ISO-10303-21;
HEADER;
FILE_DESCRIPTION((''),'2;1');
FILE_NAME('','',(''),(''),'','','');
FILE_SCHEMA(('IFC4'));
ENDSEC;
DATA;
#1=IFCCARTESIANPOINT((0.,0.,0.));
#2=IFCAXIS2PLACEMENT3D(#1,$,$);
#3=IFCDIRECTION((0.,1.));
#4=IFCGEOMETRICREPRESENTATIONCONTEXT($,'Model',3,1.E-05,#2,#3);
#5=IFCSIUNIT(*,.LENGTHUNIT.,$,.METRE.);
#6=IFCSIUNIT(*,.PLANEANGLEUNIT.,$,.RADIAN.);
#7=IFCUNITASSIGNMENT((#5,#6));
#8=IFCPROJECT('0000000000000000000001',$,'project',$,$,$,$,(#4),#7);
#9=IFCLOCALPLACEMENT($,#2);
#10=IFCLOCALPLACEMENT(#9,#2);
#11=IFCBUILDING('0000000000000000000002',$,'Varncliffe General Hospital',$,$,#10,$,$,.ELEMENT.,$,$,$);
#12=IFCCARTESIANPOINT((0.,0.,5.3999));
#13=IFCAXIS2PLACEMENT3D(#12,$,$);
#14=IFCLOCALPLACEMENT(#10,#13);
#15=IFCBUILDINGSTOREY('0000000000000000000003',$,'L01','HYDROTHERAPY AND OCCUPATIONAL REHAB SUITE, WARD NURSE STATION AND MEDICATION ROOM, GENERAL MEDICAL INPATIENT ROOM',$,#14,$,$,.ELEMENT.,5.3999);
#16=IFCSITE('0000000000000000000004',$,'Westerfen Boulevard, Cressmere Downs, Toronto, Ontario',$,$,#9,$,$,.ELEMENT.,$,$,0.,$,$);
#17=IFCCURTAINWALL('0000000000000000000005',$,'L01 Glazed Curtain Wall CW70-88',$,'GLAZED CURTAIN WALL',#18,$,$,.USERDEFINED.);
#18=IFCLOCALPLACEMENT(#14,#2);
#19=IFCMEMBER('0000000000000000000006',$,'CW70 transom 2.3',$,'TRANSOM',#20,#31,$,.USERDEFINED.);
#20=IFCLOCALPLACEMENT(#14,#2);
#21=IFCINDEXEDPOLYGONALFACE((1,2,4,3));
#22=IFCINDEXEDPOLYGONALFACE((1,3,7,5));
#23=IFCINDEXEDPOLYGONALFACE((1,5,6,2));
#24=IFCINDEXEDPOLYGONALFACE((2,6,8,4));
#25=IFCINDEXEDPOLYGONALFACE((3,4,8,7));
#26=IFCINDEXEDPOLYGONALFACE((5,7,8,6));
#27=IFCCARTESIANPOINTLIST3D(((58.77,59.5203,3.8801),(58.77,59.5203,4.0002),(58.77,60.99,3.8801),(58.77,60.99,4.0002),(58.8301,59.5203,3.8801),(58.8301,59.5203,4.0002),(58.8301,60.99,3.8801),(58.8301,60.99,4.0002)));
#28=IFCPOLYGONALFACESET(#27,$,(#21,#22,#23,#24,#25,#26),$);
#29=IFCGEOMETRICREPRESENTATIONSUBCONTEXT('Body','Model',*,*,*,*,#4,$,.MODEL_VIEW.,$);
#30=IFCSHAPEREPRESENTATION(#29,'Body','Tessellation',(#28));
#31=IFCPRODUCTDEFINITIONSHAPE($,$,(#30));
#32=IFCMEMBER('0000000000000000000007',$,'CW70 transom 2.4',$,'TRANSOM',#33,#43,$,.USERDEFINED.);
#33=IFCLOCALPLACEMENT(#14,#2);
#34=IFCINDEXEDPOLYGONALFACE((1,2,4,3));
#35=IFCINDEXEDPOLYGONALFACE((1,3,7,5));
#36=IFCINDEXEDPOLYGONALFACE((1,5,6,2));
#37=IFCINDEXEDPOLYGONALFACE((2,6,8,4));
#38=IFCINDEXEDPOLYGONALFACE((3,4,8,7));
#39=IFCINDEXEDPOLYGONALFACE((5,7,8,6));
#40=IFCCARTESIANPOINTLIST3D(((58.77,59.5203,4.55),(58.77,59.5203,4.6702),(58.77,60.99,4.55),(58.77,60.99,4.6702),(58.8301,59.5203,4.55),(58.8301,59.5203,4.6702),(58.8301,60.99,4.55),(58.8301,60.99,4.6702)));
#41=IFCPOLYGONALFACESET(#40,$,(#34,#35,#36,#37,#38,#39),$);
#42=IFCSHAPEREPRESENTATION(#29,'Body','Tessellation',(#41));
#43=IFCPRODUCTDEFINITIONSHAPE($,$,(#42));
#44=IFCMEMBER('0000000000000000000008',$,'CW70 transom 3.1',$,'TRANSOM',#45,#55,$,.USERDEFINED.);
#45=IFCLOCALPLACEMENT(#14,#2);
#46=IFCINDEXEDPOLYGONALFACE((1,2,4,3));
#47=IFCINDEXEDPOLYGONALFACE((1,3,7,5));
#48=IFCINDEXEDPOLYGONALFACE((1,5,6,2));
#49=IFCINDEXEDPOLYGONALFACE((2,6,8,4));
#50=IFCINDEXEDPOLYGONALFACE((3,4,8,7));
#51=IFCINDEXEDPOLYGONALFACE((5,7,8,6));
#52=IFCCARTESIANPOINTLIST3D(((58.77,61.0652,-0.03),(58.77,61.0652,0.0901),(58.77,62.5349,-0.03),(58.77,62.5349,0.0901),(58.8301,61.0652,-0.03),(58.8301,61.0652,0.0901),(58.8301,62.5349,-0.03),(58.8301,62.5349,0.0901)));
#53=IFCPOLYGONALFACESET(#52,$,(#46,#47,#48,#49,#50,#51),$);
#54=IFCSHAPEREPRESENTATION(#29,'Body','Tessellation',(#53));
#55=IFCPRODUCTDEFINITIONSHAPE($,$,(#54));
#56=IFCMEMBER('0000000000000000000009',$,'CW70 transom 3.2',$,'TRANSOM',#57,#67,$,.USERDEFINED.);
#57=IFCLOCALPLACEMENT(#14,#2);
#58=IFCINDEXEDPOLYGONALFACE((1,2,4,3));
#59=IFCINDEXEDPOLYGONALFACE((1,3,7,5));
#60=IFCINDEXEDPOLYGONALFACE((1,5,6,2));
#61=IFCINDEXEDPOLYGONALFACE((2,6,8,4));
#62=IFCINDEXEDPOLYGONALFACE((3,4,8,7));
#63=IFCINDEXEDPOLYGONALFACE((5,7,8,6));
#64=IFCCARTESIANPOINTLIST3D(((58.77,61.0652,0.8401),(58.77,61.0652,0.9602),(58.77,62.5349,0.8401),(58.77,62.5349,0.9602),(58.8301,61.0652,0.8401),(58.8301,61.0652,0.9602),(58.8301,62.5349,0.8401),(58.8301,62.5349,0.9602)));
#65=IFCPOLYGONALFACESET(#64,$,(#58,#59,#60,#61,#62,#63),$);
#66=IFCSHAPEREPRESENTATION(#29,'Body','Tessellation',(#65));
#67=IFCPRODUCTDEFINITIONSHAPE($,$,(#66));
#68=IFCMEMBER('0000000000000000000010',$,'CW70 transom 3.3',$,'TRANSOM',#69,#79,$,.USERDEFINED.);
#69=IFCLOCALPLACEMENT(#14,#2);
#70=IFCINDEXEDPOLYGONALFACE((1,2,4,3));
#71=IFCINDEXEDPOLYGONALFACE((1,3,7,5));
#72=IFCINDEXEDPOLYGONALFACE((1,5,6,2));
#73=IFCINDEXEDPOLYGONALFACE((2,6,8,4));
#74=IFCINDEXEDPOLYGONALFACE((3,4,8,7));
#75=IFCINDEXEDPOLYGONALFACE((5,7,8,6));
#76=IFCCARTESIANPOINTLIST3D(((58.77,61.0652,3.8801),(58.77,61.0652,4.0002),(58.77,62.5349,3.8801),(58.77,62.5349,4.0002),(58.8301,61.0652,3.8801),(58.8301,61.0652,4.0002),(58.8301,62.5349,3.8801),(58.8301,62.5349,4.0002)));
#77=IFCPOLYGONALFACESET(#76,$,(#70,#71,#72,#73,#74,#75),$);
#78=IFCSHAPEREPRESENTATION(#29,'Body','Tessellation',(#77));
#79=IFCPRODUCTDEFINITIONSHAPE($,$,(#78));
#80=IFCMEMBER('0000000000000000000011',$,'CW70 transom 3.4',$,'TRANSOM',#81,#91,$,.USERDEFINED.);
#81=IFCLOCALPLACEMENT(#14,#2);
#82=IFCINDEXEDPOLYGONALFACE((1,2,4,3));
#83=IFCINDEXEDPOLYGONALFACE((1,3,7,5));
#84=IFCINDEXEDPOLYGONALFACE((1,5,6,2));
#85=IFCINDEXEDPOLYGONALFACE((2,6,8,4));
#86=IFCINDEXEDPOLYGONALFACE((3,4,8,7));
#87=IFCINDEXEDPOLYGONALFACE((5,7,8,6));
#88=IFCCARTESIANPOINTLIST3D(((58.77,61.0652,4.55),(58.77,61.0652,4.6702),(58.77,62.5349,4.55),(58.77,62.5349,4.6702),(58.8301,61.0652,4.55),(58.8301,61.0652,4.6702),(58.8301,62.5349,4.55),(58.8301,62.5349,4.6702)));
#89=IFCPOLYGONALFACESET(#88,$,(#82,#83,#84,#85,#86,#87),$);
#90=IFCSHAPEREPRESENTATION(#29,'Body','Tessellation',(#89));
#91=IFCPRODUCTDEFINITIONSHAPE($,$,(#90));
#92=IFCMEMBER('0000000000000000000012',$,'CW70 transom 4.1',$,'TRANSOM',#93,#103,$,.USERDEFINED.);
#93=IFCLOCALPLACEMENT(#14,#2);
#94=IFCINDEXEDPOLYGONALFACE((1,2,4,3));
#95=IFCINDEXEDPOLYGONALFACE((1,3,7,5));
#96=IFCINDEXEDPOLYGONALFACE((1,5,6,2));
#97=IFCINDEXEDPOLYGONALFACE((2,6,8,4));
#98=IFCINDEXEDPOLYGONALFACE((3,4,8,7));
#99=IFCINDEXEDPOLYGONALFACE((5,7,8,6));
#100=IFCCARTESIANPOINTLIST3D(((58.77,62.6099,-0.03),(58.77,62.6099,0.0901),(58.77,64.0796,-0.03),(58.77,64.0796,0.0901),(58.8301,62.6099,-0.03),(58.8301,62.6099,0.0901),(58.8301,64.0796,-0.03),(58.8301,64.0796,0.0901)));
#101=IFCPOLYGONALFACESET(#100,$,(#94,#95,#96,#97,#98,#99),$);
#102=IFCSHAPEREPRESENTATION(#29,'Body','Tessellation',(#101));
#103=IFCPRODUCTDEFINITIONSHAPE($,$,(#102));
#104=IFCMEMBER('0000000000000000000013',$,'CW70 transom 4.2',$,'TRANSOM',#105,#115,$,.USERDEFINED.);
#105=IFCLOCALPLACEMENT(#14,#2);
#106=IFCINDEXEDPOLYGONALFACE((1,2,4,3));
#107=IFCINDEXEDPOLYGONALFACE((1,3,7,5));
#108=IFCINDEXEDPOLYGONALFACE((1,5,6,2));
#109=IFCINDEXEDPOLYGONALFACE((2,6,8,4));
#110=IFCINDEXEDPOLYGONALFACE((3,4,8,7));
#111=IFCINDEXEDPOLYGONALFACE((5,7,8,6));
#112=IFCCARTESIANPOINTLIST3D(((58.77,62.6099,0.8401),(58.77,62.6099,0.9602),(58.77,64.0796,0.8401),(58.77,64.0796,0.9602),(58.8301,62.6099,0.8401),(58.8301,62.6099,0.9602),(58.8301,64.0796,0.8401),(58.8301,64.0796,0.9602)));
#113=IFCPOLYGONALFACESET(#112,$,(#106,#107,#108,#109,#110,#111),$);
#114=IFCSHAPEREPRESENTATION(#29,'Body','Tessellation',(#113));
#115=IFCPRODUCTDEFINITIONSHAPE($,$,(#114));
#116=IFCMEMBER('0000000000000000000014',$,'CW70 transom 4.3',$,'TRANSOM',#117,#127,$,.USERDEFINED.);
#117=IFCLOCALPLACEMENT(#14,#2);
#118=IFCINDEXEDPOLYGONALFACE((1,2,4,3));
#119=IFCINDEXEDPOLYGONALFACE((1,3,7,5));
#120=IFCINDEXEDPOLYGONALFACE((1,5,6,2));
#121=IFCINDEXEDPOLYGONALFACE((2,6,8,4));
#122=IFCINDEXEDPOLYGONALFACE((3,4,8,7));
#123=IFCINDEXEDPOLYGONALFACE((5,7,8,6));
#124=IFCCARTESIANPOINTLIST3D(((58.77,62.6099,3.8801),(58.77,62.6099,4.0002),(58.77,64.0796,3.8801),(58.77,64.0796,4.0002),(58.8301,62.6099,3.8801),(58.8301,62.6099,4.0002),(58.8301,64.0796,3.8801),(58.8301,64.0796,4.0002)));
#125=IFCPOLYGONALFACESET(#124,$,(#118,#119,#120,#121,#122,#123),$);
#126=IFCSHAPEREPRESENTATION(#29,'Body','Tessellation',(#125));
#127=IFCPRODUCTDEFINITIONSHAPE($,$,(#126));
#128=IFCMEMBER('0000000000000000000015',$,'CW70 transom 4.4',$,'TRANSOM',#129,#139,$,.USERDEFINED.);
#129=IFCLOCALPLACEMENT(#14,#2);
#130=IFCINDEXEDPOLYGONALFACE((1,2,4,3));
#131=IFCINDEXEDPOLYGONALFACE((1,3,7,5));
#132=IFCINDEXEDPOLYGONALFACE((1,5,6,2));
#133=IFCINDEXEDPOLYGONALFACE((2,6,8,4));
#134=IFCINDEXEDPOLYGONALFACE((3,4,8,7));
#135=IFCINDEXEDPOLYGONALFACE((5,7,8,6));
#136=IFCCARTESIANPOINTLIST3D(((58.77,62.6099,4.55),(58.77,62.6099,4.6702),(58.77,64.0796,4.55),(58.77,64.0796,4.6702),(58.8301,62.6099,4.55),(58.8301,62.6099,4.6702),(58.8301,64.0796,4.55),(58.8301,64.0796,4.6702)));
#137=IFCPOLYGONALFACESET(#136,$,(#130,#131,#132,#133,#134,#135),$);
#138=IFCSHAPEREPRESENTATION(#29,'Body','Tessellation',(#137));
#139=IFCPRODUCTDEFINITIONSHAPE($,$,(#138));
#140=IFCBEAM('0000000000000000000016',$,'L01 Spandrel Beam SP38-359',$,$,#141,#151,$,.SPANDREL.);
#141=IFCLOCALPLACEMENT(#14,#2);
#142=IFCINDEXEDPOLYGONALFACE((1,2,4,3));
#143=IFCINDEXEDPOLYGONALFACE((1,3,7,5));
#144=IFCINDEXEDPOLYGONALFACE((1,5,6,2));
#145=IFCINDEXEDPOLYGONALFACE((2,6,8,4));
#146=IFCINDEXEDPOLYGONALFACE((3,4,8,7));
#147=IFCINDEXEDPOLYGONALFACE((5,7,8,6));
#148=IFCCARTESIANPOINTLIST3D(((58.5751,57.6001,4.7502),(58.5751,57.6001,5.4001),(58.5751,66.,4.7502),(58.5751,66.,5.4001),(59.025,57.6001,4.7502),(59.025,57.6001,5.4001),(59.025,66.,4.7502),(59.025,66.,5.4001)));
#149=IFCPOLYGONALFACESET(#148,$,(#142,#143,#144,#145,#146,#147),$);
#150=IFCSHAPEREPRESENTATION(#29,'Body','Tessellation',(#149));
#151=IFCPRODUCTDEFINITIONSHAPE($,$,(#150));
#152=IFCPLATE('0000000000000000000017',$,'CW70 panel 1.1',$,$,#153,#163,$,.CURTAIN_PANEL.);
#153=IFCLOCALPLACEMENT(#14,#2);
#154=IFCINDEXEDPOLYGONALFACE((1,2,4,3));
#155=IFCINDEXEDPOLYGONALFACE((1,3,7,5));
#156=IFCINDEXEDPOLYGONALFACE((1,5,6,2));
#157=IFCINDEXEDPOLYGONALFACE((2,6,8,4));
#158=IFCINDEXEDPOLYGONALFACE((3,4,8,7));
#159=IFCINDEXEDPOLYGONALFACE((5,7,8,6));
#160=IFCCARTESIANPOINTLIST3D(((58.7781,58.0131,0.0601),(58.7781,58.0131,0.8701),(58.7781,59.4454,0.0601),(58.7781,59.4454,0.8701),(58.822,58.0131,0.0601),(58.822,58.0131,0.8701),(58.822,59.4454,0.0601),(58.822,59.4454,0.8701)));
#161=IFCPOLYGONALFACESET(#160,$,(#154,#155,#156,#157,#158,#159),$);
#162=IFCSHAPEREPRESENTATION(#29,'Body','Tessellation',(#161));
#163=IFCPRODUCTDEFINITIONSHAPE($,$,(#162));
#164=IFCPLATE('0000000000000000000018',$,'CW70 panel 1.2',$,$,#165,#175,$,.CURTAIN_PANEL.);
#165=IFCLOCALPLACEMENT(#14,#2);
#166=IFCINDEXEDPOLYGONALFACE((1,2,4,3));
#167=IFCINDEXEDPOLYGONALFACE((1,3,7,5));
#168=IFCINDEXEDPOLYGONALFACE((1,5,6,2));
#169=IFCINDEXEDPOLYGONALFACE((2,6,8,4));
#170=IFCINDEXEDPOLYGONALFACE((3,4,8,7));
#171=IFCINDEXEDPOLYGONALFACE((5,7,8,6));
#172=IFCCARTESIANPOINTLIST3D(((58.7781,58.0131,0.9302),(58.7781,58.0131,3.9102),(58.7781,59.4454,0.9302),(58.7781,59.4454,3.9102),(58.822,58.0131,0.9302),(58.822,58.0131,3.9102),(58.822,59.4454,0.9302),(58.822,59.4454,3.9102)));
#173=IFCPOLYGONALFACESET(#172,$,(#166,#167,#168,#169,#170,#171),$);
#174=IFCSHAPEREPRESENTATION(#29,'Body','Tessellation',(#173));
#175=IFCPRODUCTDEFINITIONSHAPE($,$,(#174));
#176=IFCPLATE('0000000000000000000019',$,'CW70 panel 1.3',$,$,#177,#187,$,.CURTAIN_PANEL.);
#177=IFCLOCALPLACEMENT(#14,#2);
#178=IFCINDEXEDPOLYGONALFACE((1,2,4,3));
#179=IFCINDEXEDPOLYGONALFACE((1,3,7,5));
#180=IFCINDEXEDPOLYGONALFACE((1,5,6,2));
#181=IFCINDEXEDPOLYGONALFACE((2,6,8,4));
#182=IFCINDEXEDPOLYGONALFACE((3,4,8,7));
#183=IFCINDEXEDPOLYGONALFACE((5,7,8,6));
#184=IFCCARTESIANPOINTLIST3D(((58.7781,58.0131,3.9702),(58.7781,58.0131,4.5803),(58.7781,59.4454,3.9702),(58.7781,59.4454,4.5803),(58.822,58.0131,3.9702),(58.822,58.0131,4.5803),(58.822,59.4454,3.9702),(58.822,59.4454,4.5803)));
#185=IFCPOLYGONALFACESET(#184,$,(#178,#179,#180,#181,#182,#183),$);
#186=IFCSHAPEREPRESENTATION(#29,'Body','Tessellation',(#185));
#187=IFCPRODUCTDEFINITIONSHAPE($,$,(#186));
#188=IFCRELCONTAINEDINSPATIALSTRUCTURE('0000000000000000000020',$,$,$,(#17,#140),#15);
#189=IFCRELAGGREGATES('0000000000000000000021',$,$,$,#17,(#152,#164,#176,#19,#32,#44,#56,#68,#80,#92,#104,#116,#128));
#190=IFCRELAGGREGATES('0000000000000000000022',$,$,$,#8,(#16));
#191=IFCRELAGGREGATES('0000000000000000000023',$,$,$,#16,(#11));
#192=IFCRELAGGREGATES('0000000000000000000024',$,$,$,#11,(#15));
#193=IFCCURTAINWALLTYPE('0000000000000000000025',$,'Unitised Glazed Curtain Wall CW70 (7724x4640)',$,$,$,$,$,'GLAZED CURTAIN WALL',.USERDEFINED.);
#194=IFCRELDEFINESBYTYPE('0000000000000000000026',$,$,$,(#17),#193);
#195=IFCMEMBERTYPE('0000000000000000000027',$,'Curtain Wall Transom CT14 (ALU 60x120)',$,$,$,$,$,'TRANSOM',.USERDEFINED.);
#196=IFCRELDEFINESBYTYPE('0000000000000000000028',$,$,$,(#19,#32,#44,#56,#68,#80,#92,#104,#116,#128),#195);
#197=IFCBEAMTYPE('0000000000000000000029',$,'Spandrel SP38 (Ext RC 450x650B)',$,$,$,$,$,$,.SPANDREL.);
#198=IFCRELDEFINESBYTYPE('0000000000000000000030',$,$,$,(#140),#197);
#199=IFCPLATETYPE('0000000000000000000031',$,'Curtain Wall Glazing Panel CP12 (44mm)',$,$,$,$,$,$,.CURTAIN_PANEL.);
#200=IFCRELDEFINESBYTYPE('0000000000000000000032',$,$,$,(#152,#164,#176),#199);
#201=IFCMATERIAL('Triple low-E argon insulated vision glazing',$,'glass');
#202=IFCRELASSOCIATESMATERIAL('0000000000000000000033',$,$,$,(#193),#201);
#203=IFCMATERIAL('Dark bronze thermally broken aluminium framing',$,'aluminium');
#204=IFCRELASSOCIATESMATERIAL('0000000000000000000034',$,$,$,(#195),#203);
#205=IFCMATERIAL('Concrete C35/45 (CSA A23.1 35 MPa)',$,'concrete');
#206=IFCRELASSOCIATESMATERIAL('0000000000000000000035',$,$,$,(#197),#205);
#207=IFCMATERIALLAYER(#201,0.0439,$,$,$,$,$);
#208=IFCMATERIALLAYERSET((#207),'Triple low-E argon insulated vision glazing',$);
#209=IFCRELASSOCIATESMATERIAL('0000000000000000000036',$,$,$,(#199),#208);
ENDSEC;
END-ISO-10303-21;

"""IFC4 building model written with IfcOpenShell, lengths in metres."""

from ifc_helpers import new_model, si_unit, direction, frame, origin, origin_2d, place, context, subcontext, project, spatial, rectangle, extrude, material, layer, layer_set, material_profile, profile_set, type_object, element, aggregate, save


model = new_model("IFC4")

# Units and contexts
model_context = context("Model", 3, precision=1e-05, world=origin(), true_north=direction((0.0, 1.0)))
body_context = subcontext(model_context, "Body", "Model", "MODEL_VIEW")
ifc_project = project(units=[si_unit("LENGTHUNIT", "METRE"), si_unit("PLANEANGLEUNIT", "RADIAN")], contexts=[model_context])

# Site, building, storey
site_placement = place(None, origin())
site = spatial("IfcSite", under=ifc_project, at=site_placement, Name="Westerfen Boulevard, Cressmere Downs, Toronto, Ontario", CompositionType="ELEMENT", RefElevation=0.0)
building_placement = place(site_placement, origin())
building = spatial("IfcBuilding", under=site, at=building_placement, Name="Varncliffe General Hospital", CompositionType="ELEMENT")
storey_placement = place(building_placement, frame((0.0, 0.0, 5.3999)))
storey = spatial("IfcBuildingStorey", under=building, at=storey_placement, Name="L01", Description="HYDROTHERAPY AND OCCUPATIONAL REHAB SUITE, WARD NURSE STATION AND MEDICATION ROOM, GENERAL MEDICAL INPATIENT ROOM", CompositionType="ELEMENT", Elevation=5.3999)

# Shared definitions
ifc_material_1 = material(Name="Concrete C35/45 (CSA A23.1 35 MPa)", Category="concrete")

# Curtain wall
ifc_material_2 = material(Name="Triple low-E argon insulated vision glazing", Category="glass")
curtain_wall_type_1 = type_object("IfcCurtainWallType", Name="Unitised Glazed Curtain Wall CW70 (7724x4640)", ElementType="GLAZED CURTAIN WALL", PredefinedType="USERDEFINED", material=ifc_material_2)
curtain_wall_1_placement = place(storey_placement, origin())
curtain_wall_1 = element("IfcCurtainWall", 1, at=curtain_wall_1_placement, inside=storey, type_object=curtain_wall_type_1, Name="L01 Glazed Curtain Wall CW70-88", ObjectType="GLAZED CURTAIN WALL", PredefinedType="USERDEFINED")
ifc_material_3 = material(Name="Dark bronze thermally broken aluminium framing", Category="aluminium")

# Members
ifc_material_profile_1 = material_profile(ifc_material_3, rectangle(XDim=0.0601, YDim=0.1201, at=origin_2d()), Name="ALU 60x120")
ifc_profile_set_1 = profile_set([ifc_material_profile_1], Name="Dark bronze thermally broken aluminium framing")
member_type_1 = type_object("IfcMemberType", Name="Curtain Wall Transom CT14 (ALU 60x120)", ElementType="TRANSOM", PredefinedType="USERDEFINED", material=ifc_profile_set_1)
member_1_placement = place(storey_placement, frame((58.8, 59.5203, 3.9402), z_axis=(0.0, 1.0, 0.0), x_axis=(-1.0, 0.0, 0.0)))
member_1 = element("IfcMember", 2, at=member_1_placement, type_object=member_type_1, Name="CW70 transom 2.3", ObjectType="TRANSOM", PredefinedType="USERDEFINED", context=body_context, shape_type="SweptSolid", body=[
    extrude(rectangle(XDim=0.0601, YDim=0.1201, at=origin_2d()), origin(), (0.0, 0.0, 1.0), 1.4697),
])
member_2_placement = place(storey_placement, frame((58.8, 59.5203, 4.6101), z_axis=(0.0, 1.0, 0.0), x_axis=(-1.0, 0.0, 0.0)))
member_2 = element("IfcMember", 3, at=member_2_placement, type_object=member_type_1, Name="CW70 transom 2.4", ObjectType="TRANSOM", PredefinedType="USERDEFINED", context=body_context, shape_type="SweptSolid", body=[
    extrude(rectangle(XDim=0.0601, YDim=0.1201, at=origin_2d()), origin(), (0.0, 0.0, 1.0), 1.4697),
])
member_3_placement = place(storey_placement, frame((58.8, 61.0652, 0.03), z_axis=(0.0, 1.0, 0.0), x_axis=(-1.0, 0.0, 0.0)))
member_3 = element("IfcMember", 4, at=member_3_placement, type_object=member_type_1, Name="CW70 transom 3.1", ObjectType="TRANSOM", PredefinedType="USERDEFINED", context=body_context, shape_type="SweptSolid", body=[
    extrude(rectangle(XDim=0.0601, YDim=0.1201, at=origin_2d()), origin(), (0.0, 0.0, 1.0), 1.4697),
])
member_4_placement = place(storey_placement, frame((58.8, 61.0652, 0.9001), z_axis=(0.0, 1.0, 0.0), x_axis=(-1.0, 0.0, 0.0)))
member_4 = element("IfcMember", 5, at=member_4_placement, type_object=member_type_1, Name="CW70 transom 3.2", ObjectType="TRANSOM", PredefinedType="USERDEFINED", context=body_context, shape_type="SweptSolid", body=[
    extrude(rectangle(XDim=0.0601, YDim=0.1201, at=origin_2d()), origin(), (0.0, 0.0, 1.0), 1.4697),
])
member_5_placement = place(storey_placement, frame((58.8, 61.0652, 3.9402), z_axis=(0.0, 1.0, 0.0), x_axis=(-1.0, 0.0, 0.0)))
member_5 = element("IfcMember", 6, at=member_5_placement, type_object=member_type_1, Name="CW70 transom 3.3", ObjectType="TRANSOM", PredefinedType="USERDEFINED", context=body_context, shape_type="SweptSolid", body=[
    extrude(rectangle(XDim=0.0601, YDim=0.1201, at=origin_2d()), origin(), (0.0, 0.0, 1.0), 1.4697),
])
member_6_placement = place(storey_placement, frame((58.8, 61.0652, 4.6101), z_axis=(0.0, 1.0, 0.0), x_axis=(-1.0, 0.0, 0.0)))
member_6 = element("IfcMember", 7, at=member_6_placement, type_object=member_type_1, Name="CW70 transom 3.4", ObjectType="TRANSOM", PredefinedType="USERDEFINED", context=body_context, shape_type="SweptSolid", body=[
    extrude(rectangle(XDim=0.0601, YDim=0.1201, at=origin_2d()), origin(), (0.0, 0.0, 1.0), 1.4697),
])
member_7_placement = place(storey_placement, frame((58.8, 62.6099, 0.03), z_axis=(0.0, 1.0, 0.0), x_axis=(-1.0, 0.0, 0.0)))
member_7 = element("IfcMember", 8, at=member_7_placement, type_object=member_type_1, Name="CW70 transom 4.1", ObjectType="TRANSOM", PredefinedType="USERDEFINED", context=body_context, shape_type="SweptSolid", body=[
    extrude(rectangle(XDim=0.0601, YDim=0.1201, at=origin_2d()), origin(), (0.0, 0.0, 1.0), 1.4697),
])
member_8_placement = place(storey_placement, frame((58.8, 62.6099, 0.9001), z_axis=(0.0, 1.0, 0.0), x_axis=(-1.0, 0.0, 0.0)))
member_8 = element("IfcMember", 9, at=member_8_placement, type_object=member_type_1, Name="CW70 transom 4.2", ObjectType="TRANSOM", PredefinedType="USERDEFINED", context=body_context, shape_type="SweptSolid", body=[
    extrude(rectangle(XDim=0.0601, YDim=0.1201, at=origin_2d()), origin(), (0.0, 0.0, 1.0), 1.4697),
])
member_9_placement = place(storey_placement, frame((58.8, 62.6099, 3.9402), z_axis=(0.0, 1.0, 0.0), x_axis=(-1.0, 0.0, 0.0)))
member_9 = element("IfcMember", 10, at=member_9_placement, type_object=member_type_1, Name="CW70 transom 4.3", ObjectType="TRANSOM", PredefinedType="USERDEFINED", context=body_context, shape_type="SweptSolid", body=[
    extrude(rectangle(XDim=0.0601, YDim=0.1201, at=origin_2d()), origin(), (0.0, 0.0, 1.0), 1.4697),
])
member_10_placement = place(storey_placement, frame((58.8, 62.6099, 4.6101), z_axis=(0.0, 1.0, 0.0), x_axis=(-1.0, 0.0, 0.0)))
member_10 = element("IfcMember", 11, at=member_10_placement, type_object=member_type_1, Name="CW70 transom 4.4", ObjectType="TRANSOM", PredefinedType="USERDEFINED", context=body_context, shape_type="SweptSolid", body=[
    extrude(rectangle(XDim=0.0601, YDim=0.1201, at=origin_2d()), origin(), (0.0, 0.0, 1.0), 1.4697),
])

# Beam
ifc_material_profile_2 = material_profile(ifc_material_1, rectangle(XDim=0.45, YDim=0.6499, at=origin_2d()), Name="RC 450x650")
ifc_profile_set_2 = profile_set([ifc_material_profile_2], Name="Concrete C35/45 (CSA A23.1 35 MPa)")
beam_type_1 = type_object("IfcBeamType", Name="Spandrel SP38 (Ext RC 450x650B)", PredefinedType="SPANDREL", material=ifc_profile_set_2)
beam_1_placement = place(storey_placement, frame((58.8, 57.6001, 5.0752), z_axis=(0.0, 1.0, 0.0), x_axis=(-1.0, 0.0, 0.0)))
element("IfcBeam", 12, at=beam_1_placement, inside=storey, type_object=beam_type_1, Name="L01 Spandrel Beam SP38-359", PredefinedType="SPANDREL", context=body_context, shape_type="SweptSolid", body=[
    extrude(rectangle(XDim=0.45, YDim=0.6499, at=origin_2d()), origin(), (0.0, 0.0, 1.0), 8.3999),
])

# Plates
ifc_layer_1 = layer(ifc_material_2, 0.0439)
ifc_layer_set_1 = layer_set([ifc_layer_1], Name="Triple low-E argon insulated vision glazing")
plate_type = type_object("IfcPlateType", Name="Curtain Wall Glazing Panel CP12 (44mm)", PredefinedType="CURTAIN_PANEL", material=ifc_layer_set_1)
plate_1_placement = place(storey_placement, frame((58.8, 58.7292, 0.0601), z_axis=(0.0, 0.0, 1.0), x_axis=(0.0, 1.0, 0.0)))
plate_1 = element("IfcPlate", 13, at=plate_1_placement, type_object=plate_type, Name="CW70 panel 1.1", PredefinedType="CURTAIN_PANEL", context=body_context, shape_type="SweptSolid", body=[
    extrude(rectangle(XDim=1.4324, YDim=0.0439, at=origin_2d()), origin(), (0.0, 0.0, 1.0), 0.8101),
])
plate_2_placement = place(storey_placement, frame((58.8, 58.7292, 0.9302), z_axis=(0.0, 0.0, 1.0), x_axis=(0.0, 1.0, 0.0)))
plate_2 = element("IfcPlate", 14, at=plate_2_placement, type_object=plate_type, Name="CW70 panel 1.2", PredefinedType="CURTAIN_PANEL", context=body_context, shape_type="SweptSolid", body=[
    extrude(rectangle(XDim=1.4324, YDim=0.0439, at=origin_2d()), origin(), (0.0, 0.0, 1.0), 2.98),
])
plate_3_placement = place(storey_placement, frame((58.8, 58.7292, 3.9702), z_axis=(0.0, 0.0, 1.0), x_axis=(0.0, 1.0, 0.0)))
plate_3 = element("IfcPlate", 15, at=plate_3_placement, type_object=plate_type, Name="CW70 panel 1.3", PredefinedType="CURTAIN_PANEL", context=body_context, shape_type="SweptSolid", body=[
    extrude(rectangle(XDim=1.4324, YDim=0.0439, at=origin_2d()), origin(), (0.0, 0.0, 1.0), 0.6101),
])
aggregate(curtain_wall_1, [plate_1, plate_2, plate_3, member_1, member_2, member_3, member_4, member_5, member_6, member_7, member_8, member_9, member_10])

save(model, "model.ifc")
